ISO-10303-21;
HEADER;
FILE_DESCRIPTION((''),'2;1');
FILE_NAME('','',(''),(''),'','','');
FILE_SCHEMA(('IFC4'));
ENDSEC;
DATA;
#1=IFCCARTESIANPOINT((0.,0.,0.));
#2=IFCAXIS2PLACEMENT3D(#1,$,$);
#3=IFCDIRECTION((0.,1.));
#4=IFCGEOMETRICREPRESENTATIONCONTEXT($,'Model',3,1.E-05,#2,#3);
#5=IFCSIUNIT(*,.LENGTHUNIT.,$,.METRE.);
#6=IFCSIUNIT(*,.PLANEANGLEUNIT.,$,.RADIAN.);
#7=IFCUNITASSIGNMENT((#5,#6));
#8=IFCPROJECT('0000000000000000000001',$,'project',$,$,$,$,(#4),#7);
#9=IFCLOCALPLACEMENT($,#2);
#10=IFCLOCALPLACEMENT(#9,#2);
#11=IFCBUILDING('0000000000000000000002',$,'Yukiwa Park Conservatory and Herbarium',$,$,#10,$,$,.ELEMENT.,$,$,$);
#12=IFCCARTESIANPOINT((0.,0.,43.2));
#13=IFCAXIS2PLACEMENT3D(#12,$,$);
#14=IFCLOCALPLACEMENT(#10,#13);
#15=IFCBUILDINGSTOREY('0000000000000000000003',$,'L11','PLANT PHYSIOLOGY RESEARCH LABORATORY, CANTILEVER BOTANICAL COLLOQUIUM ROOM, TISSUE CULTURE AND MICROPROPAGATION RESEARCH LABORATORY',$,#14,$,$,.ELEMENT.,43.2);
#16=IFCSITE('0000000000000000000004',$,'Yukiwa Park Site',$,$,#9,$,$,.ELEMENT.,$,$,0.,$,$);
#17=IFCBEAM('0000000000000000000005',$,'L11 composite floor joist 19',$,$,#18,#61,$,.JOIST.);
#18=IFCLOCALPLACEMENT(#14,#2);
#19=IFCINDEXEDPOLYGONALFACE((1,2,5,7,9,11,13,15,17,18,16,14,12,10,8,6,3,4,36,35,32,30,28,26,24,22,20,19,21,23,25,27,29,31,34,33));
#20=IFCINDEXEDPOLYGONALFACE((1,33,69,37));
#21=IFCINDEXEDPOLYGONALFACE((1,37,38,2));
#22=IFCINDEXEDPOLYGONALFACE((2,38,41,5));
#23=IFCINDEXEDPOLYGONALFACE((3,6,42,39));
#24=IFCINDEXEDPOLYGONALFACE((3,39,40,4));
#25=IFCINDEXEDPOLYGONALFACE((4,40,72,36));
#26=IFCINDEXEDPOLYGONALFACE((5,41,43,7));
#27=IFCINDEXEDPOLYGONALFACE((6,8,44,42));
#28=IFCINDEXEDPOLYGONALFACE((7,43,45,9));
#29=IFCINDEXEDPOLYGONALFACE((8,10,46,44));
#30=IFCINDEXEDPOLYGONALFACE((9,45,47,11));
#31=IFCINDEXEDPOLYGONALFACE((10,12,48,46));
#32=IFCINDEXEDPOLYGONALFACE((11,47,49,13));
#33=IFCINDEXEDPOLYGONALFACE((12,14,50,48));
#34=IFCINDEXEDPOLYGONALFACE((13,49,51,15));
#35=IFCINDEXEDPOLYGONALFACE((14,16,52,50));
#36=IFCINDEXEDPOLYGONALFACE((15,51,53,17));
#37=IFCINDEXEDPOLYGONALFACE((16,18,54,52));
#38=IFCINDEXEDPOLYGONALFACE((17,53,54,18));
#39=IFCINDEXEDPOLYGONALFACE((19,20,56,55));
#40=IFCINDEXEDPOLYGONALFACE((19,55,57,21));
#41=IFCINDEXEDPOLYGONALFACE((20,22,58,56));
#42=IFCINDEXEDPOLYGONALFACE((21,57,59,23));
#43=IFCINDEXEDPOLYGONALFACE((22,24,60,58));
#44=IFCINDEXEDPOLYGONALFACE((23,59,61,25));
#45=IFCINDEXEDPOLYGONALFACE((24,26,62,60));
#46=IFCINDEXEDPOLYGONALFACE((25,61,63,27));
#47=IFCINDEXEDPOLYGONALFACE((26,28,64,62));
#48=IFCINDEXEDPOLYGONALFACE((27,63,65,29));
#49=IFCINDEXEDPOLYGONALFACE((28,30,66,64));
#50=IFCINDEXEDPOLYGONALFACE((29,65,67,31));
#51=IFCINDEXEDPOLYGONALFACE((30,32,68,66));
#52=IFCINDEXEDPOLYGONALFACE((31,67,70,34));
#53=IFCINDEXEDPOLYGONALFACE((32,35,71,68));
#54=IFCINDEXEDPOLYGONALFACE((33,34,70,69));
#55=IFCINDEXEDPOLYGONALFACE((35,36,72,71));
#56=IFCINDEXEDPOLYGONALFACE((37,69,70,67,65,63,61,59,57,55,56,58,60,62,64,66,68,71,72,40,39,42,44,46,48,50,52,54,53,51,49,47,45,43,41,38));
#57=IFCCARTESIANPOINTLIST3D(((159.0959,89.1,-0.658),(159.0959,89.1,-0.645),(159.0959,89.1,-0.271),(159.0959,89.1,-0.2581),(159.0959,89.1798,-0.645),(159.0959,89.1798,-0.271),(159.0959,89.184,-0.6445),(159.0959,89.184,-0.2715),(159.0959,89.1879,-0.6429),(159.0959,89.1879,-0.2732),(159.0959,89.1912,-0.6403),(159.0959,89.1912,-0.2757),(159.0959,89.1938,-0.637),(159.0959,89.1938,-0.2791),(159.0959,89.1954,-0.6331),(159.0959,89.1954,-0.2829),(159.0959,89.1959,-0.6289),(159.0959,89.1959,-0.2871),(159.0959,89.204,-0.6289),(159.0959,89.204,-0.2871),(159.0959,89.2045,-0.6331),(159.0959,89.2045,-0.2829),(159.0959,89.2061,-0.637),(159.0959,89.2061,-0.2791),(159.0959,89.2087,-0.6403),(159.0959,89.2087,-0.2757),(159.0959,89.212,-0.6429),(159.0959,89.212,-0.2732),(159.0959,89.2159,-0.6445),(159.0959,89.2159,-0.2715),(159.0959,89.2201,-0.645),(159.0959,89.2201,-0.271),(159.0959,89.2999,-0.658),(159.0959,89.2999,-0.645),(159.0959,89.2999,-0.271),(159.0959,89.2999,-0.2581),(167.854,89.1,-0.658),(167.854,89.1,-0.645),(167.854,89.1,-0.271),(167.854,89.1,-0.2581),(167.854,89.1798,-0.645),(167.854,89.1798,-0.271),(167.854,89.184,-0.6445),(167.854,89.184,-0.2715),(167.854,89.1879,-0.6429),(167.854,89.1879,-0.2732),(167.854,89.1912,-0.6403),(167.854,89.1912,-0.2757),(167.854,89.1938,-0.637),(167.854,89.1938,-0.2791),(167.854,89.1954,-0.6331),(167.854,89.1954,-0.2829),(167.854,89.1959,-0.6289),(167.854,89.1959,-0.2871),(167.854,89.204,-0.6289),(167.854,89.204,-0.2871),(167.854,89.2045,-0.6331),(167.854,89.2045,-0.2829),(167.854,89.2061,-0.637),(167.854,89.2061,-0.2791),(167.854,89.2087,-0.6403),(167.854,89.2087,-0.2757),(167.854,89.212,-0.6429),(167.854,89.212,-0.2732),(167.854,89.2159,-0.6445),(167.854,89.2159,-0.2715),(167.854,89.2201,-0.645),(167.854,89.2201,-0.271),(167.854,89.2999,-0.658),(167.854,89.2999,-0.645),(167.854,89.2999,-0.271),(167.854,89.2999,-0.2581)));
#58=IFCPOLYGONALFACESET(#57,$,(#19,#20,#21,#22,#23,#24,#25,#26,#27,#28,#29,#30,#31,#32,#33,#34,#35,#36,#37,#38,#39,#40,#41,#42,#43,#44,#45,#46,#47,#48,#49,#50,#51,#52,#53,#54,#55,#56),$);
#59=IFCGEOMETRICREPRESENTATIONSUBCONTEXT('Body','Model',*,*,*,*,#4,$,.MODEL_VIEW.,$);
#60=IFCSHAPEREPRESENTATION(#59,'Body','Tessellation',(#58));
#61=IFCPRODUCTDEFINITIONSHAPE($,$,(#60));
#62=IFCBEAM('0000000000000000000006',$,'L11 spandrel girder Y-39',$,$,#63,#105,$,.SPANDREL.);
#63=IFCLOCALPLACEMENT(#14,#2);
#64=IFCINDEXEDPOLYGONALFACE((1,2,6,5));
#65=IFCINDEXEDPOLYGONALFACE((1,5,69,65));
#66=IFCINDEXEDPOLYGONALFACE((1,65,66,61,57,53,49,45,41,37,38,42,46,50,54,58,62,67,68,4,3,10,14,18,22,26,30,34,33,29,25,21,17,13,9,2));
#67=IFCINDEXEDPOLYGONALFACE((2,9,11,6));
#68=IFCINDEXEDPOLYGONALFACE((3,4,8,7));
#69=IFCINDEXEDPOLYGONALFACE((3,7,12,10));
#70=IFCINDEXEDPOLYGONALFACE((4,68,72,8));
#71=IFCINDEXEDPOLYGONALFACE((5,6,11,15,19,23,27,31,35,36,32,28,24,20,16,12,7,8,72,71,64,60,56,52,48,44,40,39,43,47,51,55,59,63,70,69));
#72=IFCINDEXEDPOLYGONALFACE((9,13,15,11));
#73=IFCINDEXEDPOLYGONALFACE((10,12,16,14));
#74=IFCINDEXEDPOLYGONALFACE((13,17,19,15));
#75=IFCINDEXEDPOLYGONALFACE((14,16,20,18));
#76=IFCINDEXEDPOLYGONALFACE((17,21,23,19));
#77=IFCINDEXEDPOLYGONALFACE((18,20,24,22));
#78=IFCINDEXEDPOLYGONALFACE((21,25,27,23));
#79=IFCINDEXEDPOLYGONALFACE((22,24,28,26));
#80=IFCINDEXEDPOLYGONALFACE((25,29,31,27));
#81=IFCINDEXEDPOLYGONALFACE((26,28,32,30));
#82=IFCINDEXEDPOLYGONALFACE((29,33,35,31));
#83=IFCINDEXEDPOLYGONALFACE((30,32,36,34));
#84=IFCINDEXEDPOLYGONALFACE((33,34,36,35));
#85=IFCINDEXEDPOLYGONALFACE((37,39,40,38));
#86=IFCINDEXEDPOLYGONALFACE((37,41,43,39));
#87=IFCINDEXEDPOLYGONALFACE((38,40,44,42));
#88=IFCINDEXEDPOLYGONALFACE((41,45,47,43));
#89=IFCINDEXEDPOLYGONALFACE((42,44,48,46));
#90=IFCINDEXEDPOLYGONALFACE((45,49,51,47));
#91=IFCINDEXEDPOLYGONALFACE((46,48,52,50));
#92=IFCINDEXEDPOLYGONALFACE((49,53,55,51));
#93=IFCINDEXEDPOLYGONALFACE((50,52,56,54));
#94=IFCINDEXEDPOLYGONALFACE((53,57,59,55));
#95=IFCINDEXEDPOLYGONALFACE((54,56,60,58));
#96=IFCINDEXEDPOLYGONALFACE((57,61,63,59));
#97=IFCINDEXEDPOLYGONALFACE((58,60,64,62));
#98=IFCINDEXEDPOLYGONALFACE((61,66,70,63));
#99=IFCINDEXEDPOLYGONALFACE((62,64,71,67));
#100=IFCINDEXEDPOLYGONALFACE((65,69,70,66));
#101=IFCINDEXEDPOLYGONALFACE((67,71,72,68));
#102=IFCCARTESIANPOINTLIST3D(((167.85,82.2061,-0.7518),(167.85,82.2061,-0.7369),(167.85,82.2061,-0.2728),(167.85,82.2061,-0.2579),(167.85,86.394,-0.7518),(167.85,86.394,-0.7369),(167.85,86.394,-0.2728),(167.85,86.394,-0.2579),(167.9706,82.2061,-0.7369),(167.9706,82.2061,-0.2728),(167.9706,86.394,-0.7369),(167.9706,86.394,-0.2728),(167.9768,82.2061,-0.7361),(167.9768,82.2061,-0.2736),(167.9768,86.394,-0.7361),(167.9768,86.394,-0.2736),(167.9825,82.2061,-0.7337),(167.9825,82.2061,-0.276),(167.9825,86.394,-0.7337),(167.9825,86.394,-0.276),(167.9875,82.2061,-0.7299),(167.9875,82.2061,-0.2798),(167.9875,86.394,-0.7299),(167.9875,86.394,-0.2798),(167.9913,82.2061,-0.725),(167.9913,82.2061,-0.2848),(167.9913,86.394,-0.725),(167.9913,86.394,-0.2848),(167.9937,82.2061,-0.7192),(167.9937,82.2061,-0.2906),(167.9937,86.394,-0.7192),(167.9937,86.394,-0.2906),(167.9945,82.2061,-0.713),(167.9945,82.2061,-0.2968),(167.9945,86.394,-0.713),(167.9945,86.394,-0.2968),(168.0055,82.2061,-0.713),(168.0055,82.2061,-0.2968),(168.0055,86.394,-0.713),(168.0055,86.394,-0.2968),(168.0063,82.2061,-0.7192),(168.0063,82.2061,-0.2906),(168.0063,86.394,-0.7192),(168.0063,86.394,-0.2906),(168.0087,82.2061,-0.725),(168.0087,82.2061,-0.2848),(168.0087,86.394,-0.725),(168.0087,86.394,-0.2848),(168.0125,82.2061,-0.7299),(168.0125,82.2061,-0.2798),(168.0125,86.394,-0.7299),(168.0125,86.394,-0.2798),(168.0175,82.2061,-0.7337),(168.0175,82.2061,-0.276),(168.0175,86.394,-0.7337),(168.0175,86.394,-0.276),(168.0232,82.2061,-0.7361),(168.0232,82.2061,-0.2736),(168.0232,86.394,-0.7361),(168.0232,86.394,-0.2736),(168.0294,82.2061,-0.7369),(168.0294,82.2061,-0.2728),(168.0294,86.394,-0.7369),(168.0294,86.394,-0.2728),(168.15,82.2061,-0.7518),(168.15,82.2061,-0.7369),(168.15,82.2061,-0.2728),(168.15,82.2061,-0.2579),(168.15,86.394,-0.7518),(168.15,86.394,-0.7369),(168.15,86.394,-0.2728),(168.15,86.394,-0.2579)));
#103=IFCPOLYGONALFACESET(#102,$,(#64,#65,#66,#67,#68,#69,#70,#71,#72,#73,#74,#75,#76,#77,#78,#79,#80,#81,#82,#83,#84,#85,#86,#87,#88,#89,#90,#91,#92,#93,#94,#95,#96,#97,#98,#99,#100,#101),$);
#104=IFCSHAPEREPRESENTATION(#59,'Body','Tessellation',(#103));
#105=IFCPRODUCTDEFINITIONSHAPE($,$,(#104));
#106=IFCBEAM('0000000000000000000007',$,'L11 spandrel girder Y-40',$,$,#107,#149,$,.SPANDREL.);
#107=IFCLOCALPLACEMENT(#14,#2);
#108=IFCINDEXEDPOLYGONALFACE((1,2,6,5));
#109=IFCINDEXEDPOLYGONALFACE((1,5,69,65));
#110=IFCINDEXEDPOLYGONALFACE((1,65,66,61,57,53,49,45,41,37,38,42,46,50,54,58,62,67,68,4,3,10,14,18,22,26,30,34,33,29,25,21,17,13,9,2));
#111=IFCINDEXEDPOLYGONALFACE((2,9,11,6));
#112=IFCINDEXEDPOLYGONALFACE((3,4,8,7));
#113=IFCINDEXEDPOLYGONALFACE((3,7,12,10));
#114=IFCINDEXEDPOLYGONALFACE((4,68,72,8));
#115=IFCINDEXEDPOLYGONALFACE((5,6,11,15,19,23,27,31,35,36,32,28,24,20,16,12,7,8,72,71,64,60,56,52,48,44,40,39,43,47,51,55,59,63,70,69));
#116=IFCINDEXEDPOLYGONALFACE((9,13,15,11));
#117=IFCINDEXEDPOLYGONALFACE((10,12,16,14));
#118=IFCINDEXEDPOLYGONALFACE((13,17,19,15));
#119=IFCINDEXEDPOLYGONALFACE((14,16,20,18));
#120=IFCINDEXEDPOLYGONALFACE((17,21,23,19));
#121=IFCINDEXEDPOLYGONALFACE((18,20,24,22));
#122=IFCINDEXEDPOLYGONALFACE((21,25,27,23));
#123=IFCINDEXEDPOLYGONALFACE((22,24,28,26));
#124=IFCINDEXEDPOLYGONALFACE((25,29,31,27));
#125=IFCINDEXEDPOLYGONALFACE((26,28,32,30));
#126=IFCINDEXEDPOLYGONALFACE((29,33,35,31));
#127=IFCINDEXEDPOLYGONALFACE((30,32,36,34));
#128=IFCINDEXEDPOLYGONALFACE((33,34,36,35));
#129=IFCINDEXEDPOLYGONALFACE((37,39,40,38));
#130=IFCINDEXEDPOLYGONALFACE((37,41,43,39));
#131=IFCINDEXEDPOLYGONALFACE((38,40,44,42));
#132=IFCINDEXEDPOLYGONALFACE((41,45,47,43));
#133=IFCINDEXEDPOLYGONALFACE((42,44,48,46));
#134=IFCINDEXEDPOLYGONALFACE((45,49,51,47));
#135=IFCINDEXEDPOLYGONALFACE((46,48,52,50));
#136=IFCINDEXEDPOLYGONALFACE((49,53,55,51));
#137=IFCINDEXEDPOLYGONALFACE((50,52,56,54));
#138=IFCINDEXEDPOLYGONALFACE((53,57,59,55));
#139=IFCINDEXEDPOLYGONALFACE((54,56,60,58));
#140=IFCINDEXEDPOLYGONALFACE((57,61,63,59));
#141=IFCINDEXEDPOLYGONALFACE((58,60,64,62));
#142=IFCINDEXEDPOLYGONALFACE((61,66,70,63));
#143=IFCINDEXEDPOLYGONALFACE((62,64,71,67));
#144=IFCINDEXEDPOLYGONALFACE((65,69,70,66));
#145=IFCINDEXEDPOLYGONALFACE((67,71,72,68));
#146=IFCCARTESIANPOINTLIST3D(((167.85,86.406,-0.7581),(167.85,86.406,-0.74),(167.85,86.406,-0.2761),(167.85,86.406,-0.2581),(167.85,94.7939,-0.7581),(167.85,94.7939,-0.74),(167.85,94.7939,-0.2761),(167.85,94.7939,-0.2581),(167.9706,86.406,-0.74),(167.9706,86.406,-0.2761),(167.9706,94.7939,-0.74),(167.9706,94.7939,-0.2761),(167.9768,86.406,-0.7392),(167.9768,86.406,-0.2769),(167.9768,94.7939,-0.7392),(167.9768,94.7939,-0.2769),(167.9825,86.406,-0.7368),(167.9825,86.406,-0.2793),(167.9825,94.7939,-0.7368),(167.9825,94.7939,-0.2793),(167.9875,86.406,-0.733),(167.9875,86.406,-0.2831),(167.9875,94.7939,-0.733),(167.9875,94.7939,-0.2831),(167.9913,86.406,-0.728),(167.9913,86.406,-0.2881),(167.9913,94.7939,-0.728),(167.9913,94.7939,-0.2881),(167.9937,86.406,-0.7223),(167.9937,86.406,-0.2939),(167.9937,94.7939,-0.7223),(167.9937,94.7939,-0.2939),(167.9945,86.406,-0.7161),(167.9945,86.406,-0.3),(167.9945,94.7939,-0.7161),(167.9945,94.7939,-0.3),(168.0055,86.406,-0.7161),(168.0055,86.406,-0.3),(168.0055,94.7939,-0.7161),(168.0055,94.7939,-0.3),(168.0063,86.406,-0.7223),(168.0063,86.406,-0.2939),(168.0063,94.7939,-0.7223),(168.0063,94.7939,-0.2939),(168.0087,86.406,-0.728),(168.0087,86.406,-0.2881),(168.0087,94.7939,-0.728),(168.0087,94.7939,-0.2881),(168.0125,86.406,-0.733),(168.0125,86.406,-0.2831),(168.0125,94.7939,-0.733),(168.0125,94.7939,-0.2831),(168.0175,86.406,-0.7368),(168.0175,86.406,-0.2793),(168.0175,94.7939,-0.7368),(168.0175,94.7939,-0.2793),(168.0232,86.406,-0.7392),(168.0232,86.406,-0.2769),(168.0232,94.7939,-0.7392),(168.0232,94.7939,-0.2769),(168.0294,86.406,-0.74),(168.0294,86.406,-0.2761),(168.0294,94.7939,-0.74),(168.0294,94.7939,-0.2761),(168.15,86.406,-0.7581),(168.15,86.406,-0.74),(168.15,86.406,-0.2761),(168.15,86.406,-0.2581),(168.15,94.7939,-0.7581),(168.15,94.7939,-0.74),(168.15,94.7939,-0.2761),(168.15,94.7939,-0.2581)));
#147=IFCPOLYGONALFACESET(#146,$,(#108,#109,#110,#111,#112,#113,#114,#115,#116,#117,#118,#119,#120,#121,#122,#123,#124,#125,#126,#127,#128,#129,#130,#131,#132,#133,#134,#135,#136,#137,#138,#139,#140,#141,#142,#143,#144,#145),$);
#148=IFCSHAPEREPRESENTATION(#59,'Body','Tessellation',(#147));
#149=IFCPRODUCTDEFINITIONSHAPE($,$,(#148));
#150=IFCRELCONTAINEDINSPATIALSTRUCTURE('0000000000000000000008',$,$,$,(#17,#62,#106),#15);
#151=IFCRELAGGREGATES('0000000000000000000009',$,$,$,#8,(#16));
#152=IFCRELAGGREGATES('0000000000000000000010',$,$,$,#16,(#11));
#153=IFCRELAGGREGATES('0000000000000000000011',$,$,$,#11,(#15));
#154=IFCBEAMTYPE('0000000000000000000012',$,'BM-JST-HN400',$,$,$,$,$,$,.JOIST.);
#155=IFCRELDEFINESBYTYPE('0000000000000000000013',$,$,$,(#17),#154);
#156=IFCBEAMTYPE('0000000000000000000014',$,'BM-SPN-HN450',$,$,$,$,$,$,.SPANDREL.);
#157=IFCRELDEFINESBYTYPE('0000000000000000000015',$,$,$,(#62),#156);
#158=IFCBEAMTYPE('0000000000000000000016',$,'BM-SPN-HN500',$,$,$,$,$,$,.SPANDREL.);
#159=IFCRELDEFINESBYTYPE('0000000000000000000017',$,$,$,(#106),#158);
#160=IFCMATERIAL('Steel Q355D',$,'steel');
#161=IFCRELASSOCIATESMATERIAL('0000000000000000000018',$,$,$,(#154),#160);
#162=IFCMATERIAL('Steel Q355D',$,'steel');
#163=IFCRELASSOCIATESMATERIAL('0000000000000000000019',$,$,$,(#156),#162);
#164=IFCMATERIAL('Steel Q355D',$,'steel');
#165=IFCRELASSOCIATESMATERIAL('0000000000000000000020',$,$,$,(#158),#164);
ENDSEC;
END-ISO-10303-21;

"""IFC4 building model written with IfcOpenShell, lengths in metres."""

from ifc_helpers import new_model, si_unit, direction, frame, origin, origin_2d, place, context, subcontext, project, spatial, i_section, extrude, material, material_profile, profile_set, type_object, element, save


model = new_model("IFC4")

# Units and contexts
model_context = context("Model", 3, precision=1e-05, world=origin(), true_north=direction((0.0, 1.0)))
body_context = subcontext(model_context, "Body", "Model", "MODEL_VIEW")
ifc_project = project(units=[si_unit("LENGTHUNIT", "METRE"), si_unit("PLANEANGLEUNIT", "RADIAN")], contexts=[model_context])

# Site, building, storey
site_placement = place(None, origin())
site = spatial("IfcSite", under=ifc_project, at=site_placement, Name="Yukiwa Park Site", CompositionType="ELEMENT", RefElevation=0.0)
building_placement = place(site_placement, origin())
building = spatial("IfcBuilding", under=site, at=building_placement, Name="Yukiwa Park Conservatory and Herbarium", CompositionType="ELEMENT")
storey_placement = place(building_placement, frame((0.0, 0.0, 43.2)))
storey = spatial("IfcBuildingStorey", under=building, at=storey_placement, Name="L11", Description="PLANT PHYSIOLOGY RESEARCH LABORATORY, CANTILEVER BOTANICAL COLLOQUIUM ROOM, TISSUE CULTURE AND MICROPROPAGATION RESEARCH LABORATORY", CompositionType="ELEMENT", Elevation=43.2)

# Beams
ifc_material_1 = material(Name="Steel Q355D", Category="steel")
ifc_material_profile_1 = material_profile(ifc_material_1, i_section(OverallWidth=0.2, OverallDepth=0.3999, WebThickness=0.0081, FlangeThickness=0.0129, FilletRadius=0.0161, at=origin_2d()), Name="HN 400x200x8x13")
ifc_profile_set_1 = profile_set([ifc_material_profile_1], Name="Steel Q355D")
beam_type_1 = type_object("IfcBeamType", Name="BM-JST-HN400", PredefinedType="JOIST", material=ifc_profile_set_1)
beam_1_placement = place(storey_placement, frame((159.0959, 89.2, -0.458), z_axis=(1.0, 0.0, 0.0), x_axis=(0.0, 1.0, 0.0)))
element("IfcBeam", 1, at=beam_1_placement, inside=storey, type_object=beam_type_1, Name="L11 composite floor joist 19", PredefinedType="JOIST", context=body_context, shape_type="SweptSolid", body=[
    extrude(i_section(OverallWidth=0.2, OverallDepth=0.3999, WebThickness=0.0081, FlangeThickness=0.0129, FilletRadius=0.0161, at=origin_2d()), origin(), (0.0, 0.0, 1.0), 8.7581),
])
ifc_material_2 = material(Name="Steel Q355D", Category="steel")
ifc_material_profile_2 = material_profile(ifc_material_2, i_section(OverallWidth=0.3, OverallDepth=0.4939, WebThickness=0.011, FlangeThickness=0.0149, FilletRadius=0.0239, at=origin_2d()), Name="HM 494x300x11x15")
ifc_profile_set_2 = profile_set([ifc_material_profile_2], Name="Steel Q355D")
beam_type_2 = type_object("IfcBeamType", Name="BM-SPN-HN450", PredefinedType="SPANDREL", material=ifc_profile_set_2)
beam_2_placement = place(storey_placement, frame((168.0, 82.2061, -0.5049), z_axis=(0.0, 1.0, 0.0), x_axis=(-1.0, 0.0, 0.0)))
element("IfcBeam", 2, at=beam_2_placement, inside=storey, type_object=beam_type_2, Name="L11 spandrel girder Y-39", PredefinedType="SPANDREL", context=body_context, shape_type="SweptSolid", body=[
    extrude(i_section(OverallWidth=0.3, OverallDepth=0.4939, WebThickness=0.011, FlangeThickness=0.0149, FilletRadius=0.0239, at=origin_2d()), origin(), (0.0, 0.0, 1.0), 4.188),
])
ifc_material_3 = material(Name="Steel Q355D", Category="steel")
ifc_material_profile_3 = material_profile(ifc_material_3, i_section(OverallWidth=0.3, OverallDepth=0.5, WebThickness=0.011, FlangeThickness=0.0181, FilletRadius=0.0239, at=origin_2d()), Name="HM 500x300x11x18")
ifc_profile_set_3 = profile_set([ifc_material_profile_3], Name="Steel Q355D")
beam_type_3 = type_object("IfcBeamType", Name="BM-SPN-HN500", PredefinedType="SPANDREL", material=ifc_profile_set_3)
beam_3_placement = place(storey_placement, frame((168.0, 86.406, -0.5081), z_axis=(0.0, 1.0, 0.0), x_axis=(-1.0, 0.0, 0.0)))
element("IfcBeam", 3, at=beam_3_placement, inside=storey, type_object=beam_type_3, Name="L11 spandrel girder Y-40", PredefinedType="SPANDREL", context=body_context, shape_type="SweptSolid", body=[
    extrude(i_section(OverallWidth=0.3, OverallDepth=0.5, WebThickness=0.011, FlangeThickness=0.0181, FilletRadius=0.0239, at=origin_2d()), origin(), (0.0, 0.0, 1.0), 8.3879),
])

save(model, "model.ifc")
